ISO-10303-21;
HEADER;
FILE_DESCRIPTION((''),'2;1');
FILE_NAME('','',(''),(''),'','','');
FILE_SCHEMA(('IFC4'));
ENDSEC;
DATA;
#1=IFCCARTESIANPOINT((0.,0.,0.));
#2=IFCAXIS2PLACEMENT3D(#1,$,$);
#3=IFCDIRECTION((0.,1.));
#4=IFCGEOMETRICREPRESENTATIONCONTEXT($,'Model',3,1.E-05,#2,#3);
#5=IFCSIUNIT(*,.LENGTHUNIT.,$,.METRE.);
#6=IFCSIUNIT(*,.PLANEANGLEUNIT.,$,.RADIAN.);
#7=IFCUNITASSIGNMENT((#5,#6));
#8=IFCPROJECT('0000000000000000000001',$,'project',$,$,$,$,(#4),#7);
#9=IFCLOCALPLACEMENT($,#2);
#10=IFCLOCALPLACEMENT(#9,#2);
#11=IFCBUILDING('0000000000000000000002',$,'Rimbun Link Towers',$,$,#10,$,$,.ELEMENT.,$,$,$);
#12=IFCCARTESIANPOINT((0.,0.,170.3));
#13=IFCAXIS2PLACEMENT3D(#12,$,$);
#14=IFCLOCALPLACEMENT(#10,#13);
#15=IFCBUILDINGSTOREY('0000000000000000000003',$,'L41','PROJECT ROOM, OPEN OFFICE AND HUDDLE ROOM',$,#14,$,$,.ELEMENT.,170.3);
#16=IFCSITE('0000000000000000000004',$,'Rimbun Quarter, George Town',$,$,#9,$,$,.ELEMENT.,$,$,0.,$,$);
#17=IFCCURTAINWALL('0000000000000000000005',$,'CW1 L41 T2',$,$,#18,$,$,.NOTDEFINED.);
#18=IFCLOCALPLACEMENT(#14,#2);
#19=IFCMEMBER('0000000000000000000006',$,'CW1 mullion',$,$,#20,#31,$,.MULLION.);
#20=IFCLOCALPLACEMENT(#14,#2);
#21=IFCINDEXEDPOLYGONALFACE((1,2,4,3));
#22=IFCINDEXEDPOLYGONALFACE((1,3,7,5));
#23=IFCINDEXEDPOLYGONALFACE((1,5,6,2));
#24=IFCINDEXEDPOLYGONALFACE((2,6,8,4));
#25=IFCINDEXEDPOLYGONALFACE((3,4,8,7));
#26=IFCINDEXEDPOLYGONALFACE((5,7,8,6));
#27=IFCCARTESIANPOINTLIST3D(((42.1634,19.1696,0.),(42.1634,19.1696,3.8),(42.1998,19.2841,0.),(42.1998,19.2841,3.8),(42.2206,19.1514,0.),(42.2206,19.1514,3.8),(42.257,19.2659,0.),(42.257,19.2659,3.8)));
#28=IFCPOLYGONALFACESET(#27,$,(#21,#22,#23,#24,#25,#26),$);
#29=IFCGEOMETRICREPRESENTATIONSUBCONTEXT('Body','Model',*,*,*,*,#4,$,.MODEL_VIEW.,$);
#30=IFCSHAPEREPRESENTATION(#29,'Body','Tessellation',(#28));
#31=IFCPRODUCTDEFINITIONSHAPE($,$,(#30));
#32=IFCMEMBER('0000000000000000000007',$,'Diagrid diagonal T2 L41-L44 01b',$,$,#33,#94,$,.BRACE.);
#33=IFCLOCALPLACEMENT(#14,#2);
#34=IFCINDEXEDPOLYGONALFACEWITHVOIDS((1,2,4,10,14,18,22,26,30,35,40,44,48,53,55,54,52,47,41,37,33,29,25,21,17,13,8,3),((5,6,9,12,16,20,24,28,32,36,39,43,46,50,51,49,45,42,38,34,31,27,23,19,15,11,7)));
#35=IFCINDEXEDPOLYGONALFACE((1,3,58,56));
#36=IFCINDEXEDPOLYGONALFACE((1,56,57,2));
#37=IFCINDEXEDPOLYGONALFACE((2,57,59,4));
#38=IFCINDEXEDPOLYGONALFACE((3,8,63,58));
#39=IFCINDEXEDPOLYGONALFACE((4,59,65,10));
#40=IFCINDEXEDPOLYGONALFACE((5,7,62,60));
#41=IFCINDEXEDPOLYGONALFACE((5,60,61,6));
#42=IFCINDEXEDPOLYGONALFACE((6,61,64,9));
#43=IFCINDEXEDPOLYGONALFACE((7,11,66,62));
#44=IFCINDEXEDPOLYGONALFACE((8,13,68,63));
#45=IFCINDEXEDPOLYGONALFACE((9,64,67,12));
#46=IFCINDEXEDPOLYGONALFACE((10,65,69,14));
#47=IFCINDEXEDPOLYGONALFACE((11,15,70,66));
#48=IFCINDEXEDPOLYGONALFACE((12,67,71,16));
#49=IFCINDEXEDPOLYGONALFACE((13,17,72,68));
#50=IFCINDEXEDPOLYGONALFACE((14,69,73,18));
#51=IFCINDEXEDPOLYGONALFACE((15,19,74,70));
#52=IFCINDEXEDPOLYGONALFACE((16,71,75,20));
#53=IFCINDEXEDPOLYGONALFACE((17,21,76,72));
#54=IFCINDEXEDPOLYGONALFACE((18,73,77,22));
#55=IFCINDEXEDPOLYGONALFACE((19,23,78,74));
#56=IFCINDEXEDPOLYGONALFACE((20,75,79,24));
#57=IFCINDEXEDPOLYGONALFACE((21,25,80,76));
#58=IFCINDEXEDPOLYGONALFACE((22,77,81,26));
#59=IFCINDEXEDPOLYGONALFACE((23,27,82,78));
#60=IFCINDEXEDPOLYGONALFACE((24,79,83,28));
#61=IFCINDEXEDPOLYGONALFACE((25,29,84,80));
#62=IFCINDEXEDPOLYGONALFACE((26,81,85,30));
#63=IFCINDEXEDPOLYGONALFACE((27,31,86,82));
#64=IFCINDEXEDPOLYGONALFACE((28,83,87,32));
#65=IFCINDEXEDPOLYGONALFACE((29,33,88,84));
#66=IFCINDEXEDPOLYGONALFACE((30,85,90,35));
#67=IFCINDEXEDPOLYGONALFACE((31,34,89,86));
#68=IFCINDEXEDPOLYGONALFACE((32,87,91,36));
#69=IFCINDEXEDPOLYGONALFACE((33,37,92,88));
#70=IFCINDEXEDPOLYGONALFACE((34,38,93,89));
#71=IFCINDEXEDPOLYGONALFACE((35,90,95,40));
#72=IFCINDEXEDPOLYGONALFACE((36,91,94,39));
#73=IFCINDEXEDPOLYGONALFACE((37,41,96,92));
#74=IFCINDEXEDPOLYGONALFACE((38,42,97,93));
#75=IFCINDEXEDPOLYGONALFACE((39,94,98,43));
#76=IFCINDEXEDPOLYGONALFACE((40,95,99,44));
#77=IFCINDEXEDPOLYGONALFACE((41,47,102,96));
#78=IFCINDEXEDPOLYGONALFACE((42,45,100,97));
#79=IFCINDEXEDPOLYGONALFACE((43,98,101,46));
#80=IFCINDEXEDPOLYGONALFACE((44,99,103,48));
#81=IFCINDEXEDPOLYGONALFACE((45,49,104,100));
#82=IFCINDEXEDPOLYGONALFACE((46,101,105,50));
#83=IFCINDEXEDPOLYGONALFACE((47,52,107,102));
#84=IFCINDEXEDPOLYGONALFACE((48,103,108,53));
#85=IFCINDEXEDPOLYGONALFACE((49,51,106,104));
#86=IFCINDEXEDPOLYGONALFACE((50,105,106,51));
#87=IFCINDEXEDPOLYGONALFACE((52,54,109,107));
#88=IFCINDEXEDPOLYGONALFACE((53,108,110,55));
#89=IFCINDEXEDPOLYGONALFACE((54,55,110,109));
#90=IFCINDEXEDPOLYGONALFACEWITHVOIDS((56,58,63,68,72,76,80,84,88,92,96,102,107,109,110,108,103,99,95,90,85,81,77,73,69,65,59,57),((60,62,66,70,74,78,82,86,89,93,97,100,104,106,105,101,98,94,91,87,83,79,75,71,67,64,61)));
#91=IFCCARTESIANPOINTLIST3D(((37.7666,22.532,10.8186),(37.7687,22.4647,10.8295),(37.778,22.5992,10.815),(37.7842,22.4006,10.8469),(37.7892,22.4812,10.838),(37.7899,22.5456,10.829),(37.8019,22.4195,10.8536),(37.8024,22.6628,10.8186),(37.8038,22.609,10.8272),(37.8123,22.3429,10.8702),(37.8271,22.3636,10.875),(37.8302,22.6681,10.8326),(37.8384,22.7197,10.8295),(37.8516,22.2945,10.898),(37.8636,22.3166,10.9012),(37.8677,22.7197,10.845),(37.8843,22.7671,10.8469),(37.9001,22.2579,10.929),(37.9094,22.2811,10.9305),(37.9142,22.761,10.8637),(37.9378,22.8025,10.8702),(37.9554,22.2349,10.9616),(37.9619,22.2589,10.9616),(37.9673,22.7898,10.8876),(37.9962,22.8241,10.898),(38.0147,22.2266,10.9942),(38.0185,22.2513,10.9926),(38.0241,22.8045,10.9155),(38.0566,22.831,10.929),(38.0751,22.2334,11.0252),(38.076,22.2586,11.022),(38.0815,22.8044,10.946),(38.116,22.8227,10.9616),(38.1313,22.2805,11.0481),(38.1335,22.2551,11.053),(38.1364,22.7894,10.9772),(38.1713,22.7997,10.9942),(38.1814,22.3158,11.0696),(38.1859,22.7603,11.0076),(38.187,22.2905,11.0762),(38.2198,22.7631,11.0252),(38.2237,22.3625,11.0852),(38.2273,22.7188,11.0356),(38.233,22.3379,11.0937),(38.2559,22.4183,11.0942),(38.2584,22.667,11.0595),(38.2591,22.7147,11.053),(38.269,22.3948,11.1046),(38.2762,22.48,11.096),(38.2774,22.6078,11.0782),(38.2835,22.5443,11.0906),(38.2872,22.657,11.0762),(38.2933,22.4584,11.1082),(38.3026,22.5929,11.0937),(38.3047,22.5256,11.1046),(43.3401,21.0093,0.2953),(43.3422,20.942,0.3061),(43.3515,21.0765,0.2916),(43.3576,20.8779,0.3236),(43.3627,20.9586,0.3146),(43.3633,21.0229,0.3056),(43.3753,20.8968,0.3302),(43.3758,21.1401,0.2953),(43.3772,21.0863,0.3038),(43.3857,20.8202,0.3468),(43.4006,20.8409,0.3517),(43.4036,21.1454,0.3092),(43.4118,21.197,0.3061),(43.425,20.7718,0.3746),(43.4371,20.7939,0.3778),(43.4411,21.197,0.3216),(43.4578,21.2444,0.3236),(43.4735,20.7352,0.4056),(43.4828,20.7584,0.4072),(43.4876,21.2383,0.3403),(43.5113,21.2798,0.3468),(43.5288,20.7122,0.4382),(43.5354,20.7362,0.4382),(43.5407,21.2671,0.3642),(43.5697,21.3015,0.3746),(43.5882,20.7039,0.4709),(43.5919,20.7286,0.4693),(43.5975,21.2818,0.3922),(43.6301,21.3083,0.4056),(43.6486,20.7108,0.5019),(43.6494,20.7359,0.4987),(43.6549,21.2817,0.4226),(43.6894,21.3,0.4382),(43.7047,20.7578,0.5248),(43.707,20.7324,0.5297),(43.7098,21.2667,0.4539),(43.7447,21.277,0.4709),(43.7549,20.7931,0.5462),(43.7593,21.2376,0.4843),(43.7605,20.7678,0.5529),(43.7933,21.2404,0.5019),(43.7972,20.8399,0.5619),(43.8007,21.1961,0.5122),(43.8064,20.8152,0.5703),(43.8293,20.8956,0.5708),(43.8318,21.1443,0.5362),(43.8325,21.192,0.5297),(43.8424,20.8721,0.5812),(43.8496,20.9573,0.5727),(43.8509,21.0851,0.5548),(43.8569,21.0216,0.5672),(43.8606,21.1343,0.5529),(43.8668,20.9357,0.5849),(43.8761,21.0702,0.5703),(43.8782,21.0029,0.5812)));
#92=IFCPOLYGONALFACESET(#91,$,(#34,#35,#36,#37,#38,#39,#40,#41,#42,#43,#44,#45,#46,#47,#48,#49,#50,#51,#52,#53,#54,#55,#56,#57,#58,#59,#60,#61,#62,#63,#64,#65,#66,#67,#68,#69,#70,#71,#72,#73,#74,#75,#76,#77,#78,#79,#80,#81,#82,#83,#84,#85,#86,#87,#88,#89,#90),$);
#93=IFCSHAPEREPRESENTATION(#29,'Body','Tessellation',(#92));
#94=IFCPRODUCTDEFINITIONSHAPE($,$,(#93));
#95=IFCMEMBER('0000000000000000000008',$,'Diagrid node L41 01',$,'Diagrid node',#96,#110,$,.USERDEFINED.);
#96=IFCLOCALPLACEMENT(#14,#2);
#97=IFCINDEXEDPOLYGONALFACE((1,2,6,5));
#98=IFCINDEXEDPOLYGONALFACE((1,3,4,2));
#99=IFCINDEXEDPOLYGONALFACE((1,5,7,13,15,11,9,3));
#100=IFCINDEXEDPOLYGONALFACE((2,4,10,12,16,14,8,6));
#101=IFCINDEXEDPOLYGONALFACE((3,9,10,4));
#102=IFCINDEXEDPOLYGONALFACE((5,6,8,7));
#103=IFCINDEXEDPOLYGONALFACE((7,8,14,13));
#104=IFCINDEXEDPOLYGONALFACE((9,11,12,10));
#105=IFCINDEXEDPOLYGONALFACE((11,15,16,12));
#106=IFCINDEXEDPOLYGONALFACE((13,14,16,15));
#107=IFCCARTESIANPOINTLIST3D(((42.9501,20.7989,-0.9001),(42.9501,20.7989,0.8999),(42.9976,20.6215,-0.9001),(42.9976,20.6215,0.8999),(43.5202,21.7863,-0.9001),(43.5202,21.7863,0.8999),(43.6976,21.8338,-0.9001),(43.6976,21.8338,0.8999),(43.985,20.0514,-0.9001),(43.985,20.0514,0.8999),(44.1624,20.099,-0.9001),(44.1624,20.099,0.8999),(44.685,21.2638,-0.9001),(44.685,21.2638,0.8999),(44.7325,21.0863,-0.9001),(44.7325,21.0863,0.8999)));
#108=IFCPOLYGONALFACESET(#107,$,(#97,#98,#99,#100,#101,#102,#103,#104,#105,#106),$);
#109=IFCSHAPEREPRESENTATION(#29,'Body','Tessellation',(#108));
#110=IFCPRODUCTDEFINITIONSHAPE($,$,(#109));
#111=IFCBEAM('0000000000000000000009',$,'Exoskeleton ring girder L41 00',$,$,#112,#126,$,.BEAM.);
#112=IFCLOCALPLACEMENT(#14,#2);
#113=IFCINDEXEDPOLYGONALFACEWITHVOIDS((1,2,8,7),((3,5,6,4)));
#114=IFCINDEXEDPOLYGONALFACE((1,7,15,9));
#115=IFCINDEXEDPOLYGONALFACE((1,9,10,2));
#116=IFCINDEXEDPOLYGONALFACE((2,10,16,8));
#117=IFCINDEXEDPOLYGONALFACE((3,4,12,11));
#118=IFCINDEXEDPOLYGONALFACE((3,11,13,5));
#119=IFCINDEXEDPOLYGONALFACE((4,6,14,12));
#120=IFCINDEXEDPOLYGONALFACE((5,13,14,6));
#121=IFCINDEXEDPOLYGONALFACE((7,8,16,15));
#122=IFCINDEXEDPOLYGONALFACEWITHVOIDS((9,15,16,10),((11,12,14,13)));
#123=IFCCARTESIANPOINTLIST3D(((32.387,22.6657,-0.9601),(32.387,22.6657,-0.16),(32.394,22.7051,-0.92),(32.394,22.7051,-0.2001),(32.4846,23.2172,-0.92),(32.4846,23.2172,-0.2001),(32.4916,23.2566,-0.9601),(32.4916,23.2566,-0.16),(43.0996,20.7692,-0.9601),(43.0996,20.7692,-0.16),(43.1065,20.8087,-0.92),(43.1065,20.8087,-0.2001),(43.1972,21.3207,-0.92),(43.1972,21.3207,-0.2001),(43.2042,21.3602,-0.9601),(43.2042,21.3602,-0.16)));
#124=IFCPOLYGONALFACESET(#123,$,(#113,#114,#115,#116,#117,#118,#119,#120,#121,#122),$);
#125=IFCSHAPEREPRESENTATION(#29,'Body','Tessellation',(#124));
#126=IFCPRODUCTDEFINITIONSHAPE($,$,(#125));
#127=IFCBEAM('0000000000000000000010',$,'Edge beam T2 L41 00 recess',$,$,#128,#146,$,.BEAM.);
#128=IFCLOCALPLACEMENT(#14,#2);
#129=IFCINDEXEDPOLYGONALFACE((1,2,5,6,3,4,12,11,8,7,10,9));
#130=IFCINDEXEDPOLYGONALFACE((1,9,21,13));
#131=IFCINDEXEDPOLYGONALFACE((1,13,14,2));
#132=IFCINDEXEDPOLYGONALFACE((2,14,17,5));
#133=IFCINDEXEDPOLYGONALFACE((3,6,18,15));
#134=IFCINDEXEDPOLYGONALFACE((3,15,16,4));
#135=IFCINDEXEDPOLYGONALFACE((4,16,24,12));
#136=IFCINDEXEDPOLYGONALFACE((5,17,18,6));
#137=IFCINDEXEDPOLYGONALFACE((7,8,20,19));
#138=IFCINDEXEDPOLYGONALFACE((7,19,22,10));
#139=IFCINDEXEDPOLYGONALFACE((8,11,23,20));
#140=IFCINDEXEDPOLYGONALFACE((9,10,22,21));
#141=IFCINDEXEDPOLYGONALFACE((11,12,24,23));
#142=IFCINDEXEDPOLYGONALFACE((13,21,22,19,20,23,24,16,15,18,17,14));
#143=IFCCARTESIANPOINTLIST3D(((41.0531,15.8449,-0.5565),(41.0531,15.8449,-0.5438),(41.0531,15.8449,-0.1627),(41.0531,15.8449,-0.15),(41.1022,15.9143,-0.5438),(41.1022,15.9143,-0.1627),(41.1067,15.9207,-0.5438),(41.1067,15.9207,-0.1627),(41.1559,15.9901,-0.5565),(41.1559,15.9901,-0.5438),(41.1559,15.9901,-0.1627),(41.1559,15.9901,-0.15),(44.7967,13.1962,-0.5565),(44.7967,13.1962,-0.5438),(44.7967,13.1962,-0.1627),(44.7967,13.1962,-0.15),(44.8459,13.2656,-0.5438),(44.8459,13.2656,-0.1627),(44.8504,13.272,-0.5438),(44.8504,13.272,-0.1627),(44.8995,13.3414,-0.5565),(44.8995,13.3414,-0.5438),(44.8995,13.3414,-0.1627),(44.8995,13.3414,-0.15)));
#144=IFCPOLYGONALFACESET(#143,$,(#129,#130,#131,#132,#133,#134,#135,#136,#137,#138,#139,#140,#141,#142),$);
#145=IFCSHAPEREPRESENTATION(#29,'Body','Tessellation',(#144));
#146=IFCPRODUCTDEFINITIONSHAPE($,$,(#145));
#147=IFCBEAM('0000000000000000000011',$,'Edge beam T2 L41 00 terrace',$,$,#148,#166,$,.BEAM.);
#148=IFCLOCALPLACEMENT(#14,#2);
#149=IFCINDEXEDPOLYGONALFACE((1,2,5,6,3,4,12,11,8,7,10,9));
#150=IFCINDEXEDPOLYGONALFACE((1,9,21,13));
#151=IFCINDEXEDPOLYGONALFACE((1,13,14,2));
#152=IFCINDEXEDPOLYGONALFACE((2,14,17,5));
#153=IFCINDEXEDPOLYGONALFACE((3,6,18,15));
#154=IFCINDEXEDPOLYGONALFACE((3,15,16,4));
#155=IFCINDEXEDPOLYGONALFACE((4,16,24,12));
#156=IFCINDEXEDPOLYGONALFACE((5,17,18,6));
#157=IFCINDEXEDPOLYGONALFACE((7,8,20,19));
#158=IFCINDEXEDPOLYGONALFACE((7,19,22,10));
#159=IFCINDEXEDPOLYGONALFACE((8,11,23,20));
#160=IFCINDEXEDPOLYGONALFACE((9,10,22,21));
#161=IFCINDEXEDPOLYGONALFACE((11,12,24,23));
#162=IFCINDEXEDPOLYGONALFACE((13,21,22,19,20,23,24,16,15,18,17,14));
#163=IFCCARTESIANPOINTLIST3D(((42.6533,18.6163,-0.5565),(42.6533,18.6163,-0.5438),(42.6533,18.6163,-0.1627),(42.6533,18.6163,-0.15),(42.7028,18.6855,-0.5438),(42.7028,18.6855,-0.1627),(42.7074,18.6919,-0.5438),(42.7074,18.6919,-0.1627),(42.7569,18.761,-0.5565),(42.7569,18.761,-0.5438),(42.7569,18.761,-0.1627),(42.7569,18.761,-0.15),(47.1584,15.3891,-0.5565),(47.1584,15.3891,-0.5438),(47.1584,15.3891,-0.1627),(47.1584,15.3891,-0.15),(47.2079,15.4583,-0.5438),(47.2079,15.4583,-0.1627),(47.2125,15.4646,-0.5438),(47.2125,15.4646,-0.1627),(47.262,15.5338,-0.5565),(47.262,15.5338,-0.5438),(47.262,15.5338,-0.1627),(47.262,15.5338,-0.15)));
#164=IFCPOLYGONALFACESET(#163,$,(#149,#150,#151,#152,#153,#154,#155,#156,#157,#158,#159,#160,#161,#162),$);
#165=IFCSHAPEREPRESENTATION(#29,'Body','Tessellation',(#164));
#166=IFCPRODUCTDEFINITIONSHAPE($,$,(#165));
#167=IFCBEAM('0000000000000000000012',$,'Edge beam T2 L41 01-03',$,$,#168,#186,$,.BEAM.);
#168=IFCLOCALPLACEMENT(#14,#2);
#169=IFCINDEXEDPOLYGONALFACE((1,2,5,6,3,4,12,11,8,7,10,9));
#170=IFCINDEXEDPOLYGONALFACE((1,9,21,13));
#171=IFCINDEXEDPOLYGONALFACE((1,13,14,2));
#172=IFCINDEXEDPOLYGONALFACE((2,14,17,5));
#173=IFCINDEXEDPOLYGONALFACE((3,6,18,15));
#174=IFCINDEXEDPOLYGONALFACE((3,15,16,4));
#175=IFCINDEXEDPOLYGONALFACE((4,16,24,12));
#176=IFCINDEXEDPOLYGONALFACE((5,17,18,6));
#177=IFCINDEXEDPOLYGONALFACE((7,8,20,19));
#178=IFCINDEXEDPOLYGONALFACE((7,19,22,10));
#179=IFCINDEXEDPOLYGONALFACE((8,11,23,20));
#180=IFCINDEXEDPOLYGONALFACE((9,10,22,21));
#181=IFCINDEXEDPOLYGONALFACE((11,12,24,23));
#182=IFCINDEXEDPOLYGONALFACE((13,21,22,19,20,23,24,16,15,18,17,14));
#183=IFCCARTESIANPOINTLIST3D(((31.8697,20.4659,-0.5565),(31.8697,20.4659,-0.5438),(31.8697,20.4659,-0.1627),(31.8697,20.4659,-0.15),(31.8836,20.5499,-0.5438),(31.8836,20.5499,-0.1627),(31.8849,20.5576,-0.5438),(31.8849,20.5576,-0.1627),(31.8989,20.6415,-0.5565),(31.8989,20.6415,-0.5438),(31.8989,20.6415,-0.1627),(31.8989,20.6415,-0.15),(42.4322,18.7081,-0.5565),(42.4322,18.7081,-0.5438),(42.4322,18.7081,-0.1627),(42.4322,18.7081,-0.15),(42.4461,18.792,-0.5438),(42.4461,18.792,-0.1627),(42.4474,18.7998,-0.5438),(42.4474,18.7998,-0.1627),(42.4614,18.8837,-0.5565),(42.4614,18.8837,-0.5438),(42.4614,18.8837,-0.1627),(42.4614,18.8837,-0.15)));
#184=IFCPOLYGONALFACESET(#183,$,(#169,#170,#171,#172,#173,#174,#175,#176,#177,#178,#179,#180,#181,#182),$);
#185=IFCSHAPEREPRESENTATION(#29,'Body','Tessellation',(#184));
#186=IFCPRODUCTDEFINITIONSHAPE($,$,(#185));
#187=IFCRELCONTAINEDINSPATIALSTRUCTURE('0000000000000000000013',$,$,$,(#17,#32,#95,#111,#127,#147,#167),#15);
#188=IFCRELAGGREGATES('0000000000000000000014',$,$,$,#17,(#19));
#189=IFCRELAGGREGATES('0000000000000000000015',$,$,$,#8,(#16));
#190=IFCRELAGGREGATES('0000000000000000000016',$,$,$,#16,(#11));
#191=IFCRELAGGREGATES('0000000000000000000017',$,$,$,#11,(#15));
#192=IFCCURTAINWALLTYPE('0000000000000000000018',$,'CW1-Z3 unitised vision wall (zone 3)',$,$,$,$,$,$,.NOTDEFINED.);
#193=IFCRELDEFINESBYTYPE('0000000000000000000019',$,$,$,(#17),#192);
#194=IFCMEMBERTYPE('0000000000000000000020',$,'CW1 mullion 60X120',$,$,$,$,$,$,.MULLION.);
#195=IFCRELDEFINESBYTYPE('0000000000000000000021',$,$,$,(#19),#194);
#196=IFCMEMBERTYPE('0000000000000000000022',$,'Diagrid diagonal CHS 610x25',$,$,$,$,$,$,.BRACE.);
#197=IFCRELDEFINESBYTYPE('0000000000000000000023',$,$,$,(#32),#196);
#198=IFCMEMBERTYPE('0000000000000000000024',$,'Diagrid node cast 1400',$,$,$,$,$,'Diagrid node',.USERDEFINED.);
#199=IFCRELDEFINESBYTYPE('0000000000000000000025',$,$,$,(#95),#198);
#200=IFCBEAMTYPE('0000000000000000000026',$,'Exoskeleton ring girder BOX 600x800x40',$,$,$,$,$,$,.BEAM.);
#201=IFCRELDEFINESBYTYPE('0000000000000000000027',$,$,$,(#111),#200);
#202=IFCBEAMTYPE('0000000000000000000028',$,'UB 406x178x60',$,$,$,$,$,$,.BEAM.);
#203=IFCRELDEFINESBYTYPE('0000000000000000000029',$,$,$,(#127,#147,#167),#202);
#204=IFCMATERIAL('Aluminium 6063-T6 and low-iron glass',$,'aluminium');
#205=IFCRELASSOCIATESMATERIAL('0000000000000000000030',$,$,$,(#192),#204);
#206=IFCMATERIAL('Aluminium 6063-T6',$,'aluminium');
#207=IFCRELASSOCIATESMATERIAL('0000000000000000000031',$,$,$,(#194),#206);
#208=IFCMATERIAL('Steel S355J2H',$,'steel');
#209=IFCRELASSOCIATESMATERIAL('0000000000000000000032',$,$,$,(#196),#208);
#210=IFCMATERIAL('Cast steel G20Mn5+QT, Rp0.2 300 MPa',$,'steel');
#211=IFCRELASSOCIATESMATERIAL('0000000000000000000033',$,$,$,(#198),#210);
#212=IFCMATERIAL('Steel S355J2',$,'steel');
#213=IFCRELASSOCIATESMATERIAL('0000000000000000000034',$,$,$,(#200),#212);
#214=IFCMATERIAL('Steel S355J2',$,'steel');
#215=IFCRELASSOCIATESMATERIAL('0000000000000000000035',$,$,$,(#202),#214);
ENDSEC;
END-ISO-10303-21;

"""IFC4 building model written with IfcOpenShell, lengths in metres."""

from ifc_helpers import new_model, si_unit, direction, frame, origin, origin_2d, place, context, subcontext, project, spatial, polyline, rectangle, hollow_rectangle, hollow_circle, i_section, outline, extrude, material, material_profile, profile_set, type_object, element, aggregate, save


model = new_model("IFC4")

# Units and contexts
model_context = context("Model", 3, precision=1e-05, world=origin(), true_north=direction((0.0, 1.0)))
body_context = subcontext(model_context, "Body", "Model", "MODEL_VIEW")
ifc_project = project(units=[si_unit("LENGTHUNIT", "METRE"), si_unit("PLANEANGLEUNIT", "RADIAN")], contexts=[model_context])

# Site, building, storey
site_placement = place(None, origin())
site = spatial("IfcSite", under=ifc_project, at=site_placement, Name="Rimbun Quarter, George Town", CompositionType="ELEMENT", RefElevation=0.0)
building_placement = place(site_placement, origin())
building = spatial("IfcBuilding", under=site, at=building_placement, Name="Rimbun Link Towers", CompositionType="ELEMENT")
storey_placement = place(building_placement, frame((0.0, 0.0, 170.3)))
storey = spatial("IfcBuildingStorey", under=building, at=storey_placement, Name="L41", Description="PROJECT ROOM, OPEN OFFICE AND HUDDLE ROOM", CompositionType="ELEMENT", Elevation=170.3)

# Curtain wall, member
ifc_material_1 = material(Name="Aluminium 6063-T6 and low-iron glass", Category="aluminium")
curtain_wall_type = type_object("IfcCurtainWallType", Name="CW1-Z3 unitised vision wall (zone 3)", PredefinedType="NOTDEFINED", material=ifc_material_1)
curtain_wall_placement = place(storey_placement, origin())
curtain_wall = element("IfcCurtainWall", 1, at=curtain_wall_placement, inside=storey, type_object=curtain_wall_type, Name="CW1 L41 T2", PredefinedType="NOTDEFINED")
ifc_material_2 = material(Name="Aluminium 6063-T6", Category="aluminium")
ifc_material_profile_1 = material_profile(ifc_material_2, rectangle(XDim=0.1201, YDim=0.0601, at=origin_2d()), Name="MULLION 60X120")
ifc_profile_set_1 = profile_set([ifc_material_profile_1], Name="Aluminium 6063-T6")
member_type_1 = type_object("IfcMemberType", Name="CW1 mullion 60X120", PredefinedType="MULLION", material=ifc_profile_set_1)
member_1_placement = place(storey_placement, frame((42.2102, 19.2178, 0.0), z_axis=(0.0, 0.0, 1.0), x_axis=(0.303068, 0.952969, 0.0)))
member_1 = element("IfcMember", 2, at=member_1_placement, type_object=member_type_1, Name="CW1 mullion", PredefinedType="MULLION", context=body_context, shape_type="SweptSolid", body=[
    extrude(rectangle(XDim=0.1201, YDim=0.0601, at=origin_2d()), origin(), (0.0, 0.0, 1.0), 3.8),
])

# Members
ifc_material_3 = material(Name="Steel S355J2H", Category="steel")
ifc_material_profile_2 = material_profile(ifc_material_3, hollow_circle(Radius=0.3047, WallThickness=0.0249, at=origin_2d()), Name="Diagrid diagonal CHS 610x25")
ifc_profile_set_2 = profile_set([ifc_material_profile_2], Name="Steel S355J2H")
member_type_2 = type_object("IfcMemberType", Name="Diagrid diagonal CHS 610x25", PredefinedType="BRACE", material=ifc_profile_set_2)
member_2_placement = place(storey_placement, frame((43.6091, 21.0061, 0.4382), z_axis=(-0.464256, 0.126837, 0.876572), x_axis=(-0.263546, -0.964647, 0.0)))
element("IfcMember", 3, at=member_2_placement, inside=storey, type_object=member_type_2, Name="Diagrid diagonal T2 L41-L44 01b", PredefinedType="BRACE", context=body_context, shape_type="SweptSolid", body=[
    extrude(hollow_circle(Radius=0.3047, WallThickness=0.0249, at=origin_2d()), origin(), (0.0, 0.0, 1.0), 12.0051),
])
ifc_material_4 = material(Name="Cast steel G20Mn5+QT, Rp0.2 300 MPa", Category="steel")
ifc_material_profile_3 = material_profile(ifc_material_4, outline(polyline([(0.7, -0.5701), (0.7, 0.5701), (0.5701, 0.7), (-0.5701, 0.7), (-0.7, 0.5701), (-0.7, -0.5701), (-0.5701, -0.7), (0.5701, -0.7), (0.7, -0.5701)])), Name="NODE 1400x1400")
ifc_profile_set_3 = profile_set([ifc_material_profile_3], Name="Cast steel G20Mn5+QT, Rp0.2 300 MPa")
member_type_3 = type_object("IfcMemberType", Name="Diagrid node cast 1400", ElementType="Diagrid node", PredefinedType="USERDEFINED", material=ifc_profile_set_3)
member_3_placement = place(storey_placement, frame((43.8413, 20.9426, -0.9001), z_axis=(0.0, 0.0, 1.0), x_axis=(0.5, 0.866025, 0.0)))
element("IfcMember", 4, at=member_3_placement, inside=storey, type_object=member_type_3, Name="Diagrid node L41 01", ObjectType="Diagrid node", PredefinedType="USERDEFINED", context=body_context, shape_type="SweptSolid", body=[
    extrude(outline(polyline([(0.7, -0.5701), (0.7, 0.5701), (0.5701, 0.7), (-0.5701, 0.7), (-0.7, 0.5701), (-0.7, -0.5701), (-0.5701, -0.7), (0.5701, -0.7), (0.7, -0.5701)])), origin(), (0.0, 0.0, 1.0), 1.8),
])

# Beam
ifc_material_5 = material(Name="Steel S355J2", Category="steel")
ifc_material_profile_4 = material_profile(ifc_material_5, hollow_rectangle(XDim=0.6001, YDim=0.8, WallThickness=0.04, at=origin_2d()), Name="Exoskeleton ring girder BOX 600x800x40")
ifc_profile_set_4 = profile_set([ifc_material_profile_4], Name="Steel S355J2")
beam_type_1 = type_object("IfcBeamType", Name="Exoskeleton ring girder BOX 600x800x40", PredefinedType="BEAM", material=ifc_profile_set_4)
beam_1_placement = place(storey_placement, frame((43.1519, 21.0647, -0.5601), z_axis=(-0.984689, 0.174322, 0.0), x_axis=(-0.174322, -0.984689, 0.0)))
element("IfcBeam", 5, at=beam_1_placement, inside=storey, type_object=beam_type_1, Name="Exoskeleton ring girder L41 00", PredefinedType="BEAM", context=body_context, shape_type="SweptSolid", body=[
    extrude(hollow_rectangle(XDim=0.6001, YDim=0.8, WallThickness=0.04, at=origin_2d()), origin(), (0.0, 0.0, 1.0), 10.8792),
])

# Beams
ifc_material_6 = material(Name="Steel S355J2", Category="steel")
ifc_material_profile_5 = material_profile(ifc_material_6, i_section(OverallWidth=0.178, OverallDepth=0.4065, WebThickness=0.0078, FlangeThickness=0.0127, at=origin_2d()), Name="UB 406x178x60")
ifc_profile_set_5 = profile_set([ifc_material_profile_5], Name="Steel S355J2")
beam_type_2 = type_object("IfcBeamType", Name="UB 406x178x60", PredefinedType="BEAM", material=ifc_profile_set_5)
beam_2_placement = place(storey_placement, frame((44.8481, 13.2688, -0.3533), z_axis=(-0.81634, 0.577571, 0.0), x_axis=(-0.577571, -0.81634, 0.0)))
element("IfcBeam", 6, at=beam_2_placement, inside=storey, type_object=beam_type_2, Name="Edge beam T2 L41 00 recess", PredefinedType="BEAM", context=body_context, shape_type="SweptSolid", body=[
    extrude(i_section(OverallWidth=0.178, OverallDepth=0.4065, WebThickness=0.0078, FlangeThickness=0.0127, at=origin_2d()), origin(), (0.0, 0.0, 1.0), 4.5859),
])
beam_3_placement = place(storey_placement, frame((47.2102, 15.4614, -0.3533), z_axis=(-0.812935, 0.582354, 0.0), x_axis=(-0.582354, -0.812935, 0.0)))
element("IfcBeam", 7, at=beam_3_placement, inside=storey, type_object=beam_type_2, Name="Edge beam T2 L41 00 terrace", PredefinedType="BEAM", context=body_context, shape_type="SweptSolid", body=[
    extrude(i_section(OverallWidth=0.178, OverallDepth=0.4065, WebThickness=0.0078, FlangeThickness=0.0127, at=origin_2d()), origin(), (0.0, 0.0, 1.0), 5.5417),
])
beam_4_placement = place(storey_placement, frame((42.4468, 18.7959, -0.3533), z_axis=(-0.986433, 0.164162, 0.0), x_axis=(-0.164162, -0.986433, 0.0)))
element("IfcBeam", 8, at=beam_4_placement, inside=storey, type_object=beam_type_2, Name="Edge beam T2 L41 01-03", PredefinedType="BEAM", context=body_context, shape_type="SweptSolid", body=[
    extrude(i_section(OverallWidth=0.178, OverallDepth=0.4065, WebThickness=0.0078, FlangeThickness=0.0127, at=origin_2d()), origin(), (0.0, 0.0, 1.0), 10.7078),
])

aggregate(curtain_wall, [member_1])

save(model, "model.ifc")
